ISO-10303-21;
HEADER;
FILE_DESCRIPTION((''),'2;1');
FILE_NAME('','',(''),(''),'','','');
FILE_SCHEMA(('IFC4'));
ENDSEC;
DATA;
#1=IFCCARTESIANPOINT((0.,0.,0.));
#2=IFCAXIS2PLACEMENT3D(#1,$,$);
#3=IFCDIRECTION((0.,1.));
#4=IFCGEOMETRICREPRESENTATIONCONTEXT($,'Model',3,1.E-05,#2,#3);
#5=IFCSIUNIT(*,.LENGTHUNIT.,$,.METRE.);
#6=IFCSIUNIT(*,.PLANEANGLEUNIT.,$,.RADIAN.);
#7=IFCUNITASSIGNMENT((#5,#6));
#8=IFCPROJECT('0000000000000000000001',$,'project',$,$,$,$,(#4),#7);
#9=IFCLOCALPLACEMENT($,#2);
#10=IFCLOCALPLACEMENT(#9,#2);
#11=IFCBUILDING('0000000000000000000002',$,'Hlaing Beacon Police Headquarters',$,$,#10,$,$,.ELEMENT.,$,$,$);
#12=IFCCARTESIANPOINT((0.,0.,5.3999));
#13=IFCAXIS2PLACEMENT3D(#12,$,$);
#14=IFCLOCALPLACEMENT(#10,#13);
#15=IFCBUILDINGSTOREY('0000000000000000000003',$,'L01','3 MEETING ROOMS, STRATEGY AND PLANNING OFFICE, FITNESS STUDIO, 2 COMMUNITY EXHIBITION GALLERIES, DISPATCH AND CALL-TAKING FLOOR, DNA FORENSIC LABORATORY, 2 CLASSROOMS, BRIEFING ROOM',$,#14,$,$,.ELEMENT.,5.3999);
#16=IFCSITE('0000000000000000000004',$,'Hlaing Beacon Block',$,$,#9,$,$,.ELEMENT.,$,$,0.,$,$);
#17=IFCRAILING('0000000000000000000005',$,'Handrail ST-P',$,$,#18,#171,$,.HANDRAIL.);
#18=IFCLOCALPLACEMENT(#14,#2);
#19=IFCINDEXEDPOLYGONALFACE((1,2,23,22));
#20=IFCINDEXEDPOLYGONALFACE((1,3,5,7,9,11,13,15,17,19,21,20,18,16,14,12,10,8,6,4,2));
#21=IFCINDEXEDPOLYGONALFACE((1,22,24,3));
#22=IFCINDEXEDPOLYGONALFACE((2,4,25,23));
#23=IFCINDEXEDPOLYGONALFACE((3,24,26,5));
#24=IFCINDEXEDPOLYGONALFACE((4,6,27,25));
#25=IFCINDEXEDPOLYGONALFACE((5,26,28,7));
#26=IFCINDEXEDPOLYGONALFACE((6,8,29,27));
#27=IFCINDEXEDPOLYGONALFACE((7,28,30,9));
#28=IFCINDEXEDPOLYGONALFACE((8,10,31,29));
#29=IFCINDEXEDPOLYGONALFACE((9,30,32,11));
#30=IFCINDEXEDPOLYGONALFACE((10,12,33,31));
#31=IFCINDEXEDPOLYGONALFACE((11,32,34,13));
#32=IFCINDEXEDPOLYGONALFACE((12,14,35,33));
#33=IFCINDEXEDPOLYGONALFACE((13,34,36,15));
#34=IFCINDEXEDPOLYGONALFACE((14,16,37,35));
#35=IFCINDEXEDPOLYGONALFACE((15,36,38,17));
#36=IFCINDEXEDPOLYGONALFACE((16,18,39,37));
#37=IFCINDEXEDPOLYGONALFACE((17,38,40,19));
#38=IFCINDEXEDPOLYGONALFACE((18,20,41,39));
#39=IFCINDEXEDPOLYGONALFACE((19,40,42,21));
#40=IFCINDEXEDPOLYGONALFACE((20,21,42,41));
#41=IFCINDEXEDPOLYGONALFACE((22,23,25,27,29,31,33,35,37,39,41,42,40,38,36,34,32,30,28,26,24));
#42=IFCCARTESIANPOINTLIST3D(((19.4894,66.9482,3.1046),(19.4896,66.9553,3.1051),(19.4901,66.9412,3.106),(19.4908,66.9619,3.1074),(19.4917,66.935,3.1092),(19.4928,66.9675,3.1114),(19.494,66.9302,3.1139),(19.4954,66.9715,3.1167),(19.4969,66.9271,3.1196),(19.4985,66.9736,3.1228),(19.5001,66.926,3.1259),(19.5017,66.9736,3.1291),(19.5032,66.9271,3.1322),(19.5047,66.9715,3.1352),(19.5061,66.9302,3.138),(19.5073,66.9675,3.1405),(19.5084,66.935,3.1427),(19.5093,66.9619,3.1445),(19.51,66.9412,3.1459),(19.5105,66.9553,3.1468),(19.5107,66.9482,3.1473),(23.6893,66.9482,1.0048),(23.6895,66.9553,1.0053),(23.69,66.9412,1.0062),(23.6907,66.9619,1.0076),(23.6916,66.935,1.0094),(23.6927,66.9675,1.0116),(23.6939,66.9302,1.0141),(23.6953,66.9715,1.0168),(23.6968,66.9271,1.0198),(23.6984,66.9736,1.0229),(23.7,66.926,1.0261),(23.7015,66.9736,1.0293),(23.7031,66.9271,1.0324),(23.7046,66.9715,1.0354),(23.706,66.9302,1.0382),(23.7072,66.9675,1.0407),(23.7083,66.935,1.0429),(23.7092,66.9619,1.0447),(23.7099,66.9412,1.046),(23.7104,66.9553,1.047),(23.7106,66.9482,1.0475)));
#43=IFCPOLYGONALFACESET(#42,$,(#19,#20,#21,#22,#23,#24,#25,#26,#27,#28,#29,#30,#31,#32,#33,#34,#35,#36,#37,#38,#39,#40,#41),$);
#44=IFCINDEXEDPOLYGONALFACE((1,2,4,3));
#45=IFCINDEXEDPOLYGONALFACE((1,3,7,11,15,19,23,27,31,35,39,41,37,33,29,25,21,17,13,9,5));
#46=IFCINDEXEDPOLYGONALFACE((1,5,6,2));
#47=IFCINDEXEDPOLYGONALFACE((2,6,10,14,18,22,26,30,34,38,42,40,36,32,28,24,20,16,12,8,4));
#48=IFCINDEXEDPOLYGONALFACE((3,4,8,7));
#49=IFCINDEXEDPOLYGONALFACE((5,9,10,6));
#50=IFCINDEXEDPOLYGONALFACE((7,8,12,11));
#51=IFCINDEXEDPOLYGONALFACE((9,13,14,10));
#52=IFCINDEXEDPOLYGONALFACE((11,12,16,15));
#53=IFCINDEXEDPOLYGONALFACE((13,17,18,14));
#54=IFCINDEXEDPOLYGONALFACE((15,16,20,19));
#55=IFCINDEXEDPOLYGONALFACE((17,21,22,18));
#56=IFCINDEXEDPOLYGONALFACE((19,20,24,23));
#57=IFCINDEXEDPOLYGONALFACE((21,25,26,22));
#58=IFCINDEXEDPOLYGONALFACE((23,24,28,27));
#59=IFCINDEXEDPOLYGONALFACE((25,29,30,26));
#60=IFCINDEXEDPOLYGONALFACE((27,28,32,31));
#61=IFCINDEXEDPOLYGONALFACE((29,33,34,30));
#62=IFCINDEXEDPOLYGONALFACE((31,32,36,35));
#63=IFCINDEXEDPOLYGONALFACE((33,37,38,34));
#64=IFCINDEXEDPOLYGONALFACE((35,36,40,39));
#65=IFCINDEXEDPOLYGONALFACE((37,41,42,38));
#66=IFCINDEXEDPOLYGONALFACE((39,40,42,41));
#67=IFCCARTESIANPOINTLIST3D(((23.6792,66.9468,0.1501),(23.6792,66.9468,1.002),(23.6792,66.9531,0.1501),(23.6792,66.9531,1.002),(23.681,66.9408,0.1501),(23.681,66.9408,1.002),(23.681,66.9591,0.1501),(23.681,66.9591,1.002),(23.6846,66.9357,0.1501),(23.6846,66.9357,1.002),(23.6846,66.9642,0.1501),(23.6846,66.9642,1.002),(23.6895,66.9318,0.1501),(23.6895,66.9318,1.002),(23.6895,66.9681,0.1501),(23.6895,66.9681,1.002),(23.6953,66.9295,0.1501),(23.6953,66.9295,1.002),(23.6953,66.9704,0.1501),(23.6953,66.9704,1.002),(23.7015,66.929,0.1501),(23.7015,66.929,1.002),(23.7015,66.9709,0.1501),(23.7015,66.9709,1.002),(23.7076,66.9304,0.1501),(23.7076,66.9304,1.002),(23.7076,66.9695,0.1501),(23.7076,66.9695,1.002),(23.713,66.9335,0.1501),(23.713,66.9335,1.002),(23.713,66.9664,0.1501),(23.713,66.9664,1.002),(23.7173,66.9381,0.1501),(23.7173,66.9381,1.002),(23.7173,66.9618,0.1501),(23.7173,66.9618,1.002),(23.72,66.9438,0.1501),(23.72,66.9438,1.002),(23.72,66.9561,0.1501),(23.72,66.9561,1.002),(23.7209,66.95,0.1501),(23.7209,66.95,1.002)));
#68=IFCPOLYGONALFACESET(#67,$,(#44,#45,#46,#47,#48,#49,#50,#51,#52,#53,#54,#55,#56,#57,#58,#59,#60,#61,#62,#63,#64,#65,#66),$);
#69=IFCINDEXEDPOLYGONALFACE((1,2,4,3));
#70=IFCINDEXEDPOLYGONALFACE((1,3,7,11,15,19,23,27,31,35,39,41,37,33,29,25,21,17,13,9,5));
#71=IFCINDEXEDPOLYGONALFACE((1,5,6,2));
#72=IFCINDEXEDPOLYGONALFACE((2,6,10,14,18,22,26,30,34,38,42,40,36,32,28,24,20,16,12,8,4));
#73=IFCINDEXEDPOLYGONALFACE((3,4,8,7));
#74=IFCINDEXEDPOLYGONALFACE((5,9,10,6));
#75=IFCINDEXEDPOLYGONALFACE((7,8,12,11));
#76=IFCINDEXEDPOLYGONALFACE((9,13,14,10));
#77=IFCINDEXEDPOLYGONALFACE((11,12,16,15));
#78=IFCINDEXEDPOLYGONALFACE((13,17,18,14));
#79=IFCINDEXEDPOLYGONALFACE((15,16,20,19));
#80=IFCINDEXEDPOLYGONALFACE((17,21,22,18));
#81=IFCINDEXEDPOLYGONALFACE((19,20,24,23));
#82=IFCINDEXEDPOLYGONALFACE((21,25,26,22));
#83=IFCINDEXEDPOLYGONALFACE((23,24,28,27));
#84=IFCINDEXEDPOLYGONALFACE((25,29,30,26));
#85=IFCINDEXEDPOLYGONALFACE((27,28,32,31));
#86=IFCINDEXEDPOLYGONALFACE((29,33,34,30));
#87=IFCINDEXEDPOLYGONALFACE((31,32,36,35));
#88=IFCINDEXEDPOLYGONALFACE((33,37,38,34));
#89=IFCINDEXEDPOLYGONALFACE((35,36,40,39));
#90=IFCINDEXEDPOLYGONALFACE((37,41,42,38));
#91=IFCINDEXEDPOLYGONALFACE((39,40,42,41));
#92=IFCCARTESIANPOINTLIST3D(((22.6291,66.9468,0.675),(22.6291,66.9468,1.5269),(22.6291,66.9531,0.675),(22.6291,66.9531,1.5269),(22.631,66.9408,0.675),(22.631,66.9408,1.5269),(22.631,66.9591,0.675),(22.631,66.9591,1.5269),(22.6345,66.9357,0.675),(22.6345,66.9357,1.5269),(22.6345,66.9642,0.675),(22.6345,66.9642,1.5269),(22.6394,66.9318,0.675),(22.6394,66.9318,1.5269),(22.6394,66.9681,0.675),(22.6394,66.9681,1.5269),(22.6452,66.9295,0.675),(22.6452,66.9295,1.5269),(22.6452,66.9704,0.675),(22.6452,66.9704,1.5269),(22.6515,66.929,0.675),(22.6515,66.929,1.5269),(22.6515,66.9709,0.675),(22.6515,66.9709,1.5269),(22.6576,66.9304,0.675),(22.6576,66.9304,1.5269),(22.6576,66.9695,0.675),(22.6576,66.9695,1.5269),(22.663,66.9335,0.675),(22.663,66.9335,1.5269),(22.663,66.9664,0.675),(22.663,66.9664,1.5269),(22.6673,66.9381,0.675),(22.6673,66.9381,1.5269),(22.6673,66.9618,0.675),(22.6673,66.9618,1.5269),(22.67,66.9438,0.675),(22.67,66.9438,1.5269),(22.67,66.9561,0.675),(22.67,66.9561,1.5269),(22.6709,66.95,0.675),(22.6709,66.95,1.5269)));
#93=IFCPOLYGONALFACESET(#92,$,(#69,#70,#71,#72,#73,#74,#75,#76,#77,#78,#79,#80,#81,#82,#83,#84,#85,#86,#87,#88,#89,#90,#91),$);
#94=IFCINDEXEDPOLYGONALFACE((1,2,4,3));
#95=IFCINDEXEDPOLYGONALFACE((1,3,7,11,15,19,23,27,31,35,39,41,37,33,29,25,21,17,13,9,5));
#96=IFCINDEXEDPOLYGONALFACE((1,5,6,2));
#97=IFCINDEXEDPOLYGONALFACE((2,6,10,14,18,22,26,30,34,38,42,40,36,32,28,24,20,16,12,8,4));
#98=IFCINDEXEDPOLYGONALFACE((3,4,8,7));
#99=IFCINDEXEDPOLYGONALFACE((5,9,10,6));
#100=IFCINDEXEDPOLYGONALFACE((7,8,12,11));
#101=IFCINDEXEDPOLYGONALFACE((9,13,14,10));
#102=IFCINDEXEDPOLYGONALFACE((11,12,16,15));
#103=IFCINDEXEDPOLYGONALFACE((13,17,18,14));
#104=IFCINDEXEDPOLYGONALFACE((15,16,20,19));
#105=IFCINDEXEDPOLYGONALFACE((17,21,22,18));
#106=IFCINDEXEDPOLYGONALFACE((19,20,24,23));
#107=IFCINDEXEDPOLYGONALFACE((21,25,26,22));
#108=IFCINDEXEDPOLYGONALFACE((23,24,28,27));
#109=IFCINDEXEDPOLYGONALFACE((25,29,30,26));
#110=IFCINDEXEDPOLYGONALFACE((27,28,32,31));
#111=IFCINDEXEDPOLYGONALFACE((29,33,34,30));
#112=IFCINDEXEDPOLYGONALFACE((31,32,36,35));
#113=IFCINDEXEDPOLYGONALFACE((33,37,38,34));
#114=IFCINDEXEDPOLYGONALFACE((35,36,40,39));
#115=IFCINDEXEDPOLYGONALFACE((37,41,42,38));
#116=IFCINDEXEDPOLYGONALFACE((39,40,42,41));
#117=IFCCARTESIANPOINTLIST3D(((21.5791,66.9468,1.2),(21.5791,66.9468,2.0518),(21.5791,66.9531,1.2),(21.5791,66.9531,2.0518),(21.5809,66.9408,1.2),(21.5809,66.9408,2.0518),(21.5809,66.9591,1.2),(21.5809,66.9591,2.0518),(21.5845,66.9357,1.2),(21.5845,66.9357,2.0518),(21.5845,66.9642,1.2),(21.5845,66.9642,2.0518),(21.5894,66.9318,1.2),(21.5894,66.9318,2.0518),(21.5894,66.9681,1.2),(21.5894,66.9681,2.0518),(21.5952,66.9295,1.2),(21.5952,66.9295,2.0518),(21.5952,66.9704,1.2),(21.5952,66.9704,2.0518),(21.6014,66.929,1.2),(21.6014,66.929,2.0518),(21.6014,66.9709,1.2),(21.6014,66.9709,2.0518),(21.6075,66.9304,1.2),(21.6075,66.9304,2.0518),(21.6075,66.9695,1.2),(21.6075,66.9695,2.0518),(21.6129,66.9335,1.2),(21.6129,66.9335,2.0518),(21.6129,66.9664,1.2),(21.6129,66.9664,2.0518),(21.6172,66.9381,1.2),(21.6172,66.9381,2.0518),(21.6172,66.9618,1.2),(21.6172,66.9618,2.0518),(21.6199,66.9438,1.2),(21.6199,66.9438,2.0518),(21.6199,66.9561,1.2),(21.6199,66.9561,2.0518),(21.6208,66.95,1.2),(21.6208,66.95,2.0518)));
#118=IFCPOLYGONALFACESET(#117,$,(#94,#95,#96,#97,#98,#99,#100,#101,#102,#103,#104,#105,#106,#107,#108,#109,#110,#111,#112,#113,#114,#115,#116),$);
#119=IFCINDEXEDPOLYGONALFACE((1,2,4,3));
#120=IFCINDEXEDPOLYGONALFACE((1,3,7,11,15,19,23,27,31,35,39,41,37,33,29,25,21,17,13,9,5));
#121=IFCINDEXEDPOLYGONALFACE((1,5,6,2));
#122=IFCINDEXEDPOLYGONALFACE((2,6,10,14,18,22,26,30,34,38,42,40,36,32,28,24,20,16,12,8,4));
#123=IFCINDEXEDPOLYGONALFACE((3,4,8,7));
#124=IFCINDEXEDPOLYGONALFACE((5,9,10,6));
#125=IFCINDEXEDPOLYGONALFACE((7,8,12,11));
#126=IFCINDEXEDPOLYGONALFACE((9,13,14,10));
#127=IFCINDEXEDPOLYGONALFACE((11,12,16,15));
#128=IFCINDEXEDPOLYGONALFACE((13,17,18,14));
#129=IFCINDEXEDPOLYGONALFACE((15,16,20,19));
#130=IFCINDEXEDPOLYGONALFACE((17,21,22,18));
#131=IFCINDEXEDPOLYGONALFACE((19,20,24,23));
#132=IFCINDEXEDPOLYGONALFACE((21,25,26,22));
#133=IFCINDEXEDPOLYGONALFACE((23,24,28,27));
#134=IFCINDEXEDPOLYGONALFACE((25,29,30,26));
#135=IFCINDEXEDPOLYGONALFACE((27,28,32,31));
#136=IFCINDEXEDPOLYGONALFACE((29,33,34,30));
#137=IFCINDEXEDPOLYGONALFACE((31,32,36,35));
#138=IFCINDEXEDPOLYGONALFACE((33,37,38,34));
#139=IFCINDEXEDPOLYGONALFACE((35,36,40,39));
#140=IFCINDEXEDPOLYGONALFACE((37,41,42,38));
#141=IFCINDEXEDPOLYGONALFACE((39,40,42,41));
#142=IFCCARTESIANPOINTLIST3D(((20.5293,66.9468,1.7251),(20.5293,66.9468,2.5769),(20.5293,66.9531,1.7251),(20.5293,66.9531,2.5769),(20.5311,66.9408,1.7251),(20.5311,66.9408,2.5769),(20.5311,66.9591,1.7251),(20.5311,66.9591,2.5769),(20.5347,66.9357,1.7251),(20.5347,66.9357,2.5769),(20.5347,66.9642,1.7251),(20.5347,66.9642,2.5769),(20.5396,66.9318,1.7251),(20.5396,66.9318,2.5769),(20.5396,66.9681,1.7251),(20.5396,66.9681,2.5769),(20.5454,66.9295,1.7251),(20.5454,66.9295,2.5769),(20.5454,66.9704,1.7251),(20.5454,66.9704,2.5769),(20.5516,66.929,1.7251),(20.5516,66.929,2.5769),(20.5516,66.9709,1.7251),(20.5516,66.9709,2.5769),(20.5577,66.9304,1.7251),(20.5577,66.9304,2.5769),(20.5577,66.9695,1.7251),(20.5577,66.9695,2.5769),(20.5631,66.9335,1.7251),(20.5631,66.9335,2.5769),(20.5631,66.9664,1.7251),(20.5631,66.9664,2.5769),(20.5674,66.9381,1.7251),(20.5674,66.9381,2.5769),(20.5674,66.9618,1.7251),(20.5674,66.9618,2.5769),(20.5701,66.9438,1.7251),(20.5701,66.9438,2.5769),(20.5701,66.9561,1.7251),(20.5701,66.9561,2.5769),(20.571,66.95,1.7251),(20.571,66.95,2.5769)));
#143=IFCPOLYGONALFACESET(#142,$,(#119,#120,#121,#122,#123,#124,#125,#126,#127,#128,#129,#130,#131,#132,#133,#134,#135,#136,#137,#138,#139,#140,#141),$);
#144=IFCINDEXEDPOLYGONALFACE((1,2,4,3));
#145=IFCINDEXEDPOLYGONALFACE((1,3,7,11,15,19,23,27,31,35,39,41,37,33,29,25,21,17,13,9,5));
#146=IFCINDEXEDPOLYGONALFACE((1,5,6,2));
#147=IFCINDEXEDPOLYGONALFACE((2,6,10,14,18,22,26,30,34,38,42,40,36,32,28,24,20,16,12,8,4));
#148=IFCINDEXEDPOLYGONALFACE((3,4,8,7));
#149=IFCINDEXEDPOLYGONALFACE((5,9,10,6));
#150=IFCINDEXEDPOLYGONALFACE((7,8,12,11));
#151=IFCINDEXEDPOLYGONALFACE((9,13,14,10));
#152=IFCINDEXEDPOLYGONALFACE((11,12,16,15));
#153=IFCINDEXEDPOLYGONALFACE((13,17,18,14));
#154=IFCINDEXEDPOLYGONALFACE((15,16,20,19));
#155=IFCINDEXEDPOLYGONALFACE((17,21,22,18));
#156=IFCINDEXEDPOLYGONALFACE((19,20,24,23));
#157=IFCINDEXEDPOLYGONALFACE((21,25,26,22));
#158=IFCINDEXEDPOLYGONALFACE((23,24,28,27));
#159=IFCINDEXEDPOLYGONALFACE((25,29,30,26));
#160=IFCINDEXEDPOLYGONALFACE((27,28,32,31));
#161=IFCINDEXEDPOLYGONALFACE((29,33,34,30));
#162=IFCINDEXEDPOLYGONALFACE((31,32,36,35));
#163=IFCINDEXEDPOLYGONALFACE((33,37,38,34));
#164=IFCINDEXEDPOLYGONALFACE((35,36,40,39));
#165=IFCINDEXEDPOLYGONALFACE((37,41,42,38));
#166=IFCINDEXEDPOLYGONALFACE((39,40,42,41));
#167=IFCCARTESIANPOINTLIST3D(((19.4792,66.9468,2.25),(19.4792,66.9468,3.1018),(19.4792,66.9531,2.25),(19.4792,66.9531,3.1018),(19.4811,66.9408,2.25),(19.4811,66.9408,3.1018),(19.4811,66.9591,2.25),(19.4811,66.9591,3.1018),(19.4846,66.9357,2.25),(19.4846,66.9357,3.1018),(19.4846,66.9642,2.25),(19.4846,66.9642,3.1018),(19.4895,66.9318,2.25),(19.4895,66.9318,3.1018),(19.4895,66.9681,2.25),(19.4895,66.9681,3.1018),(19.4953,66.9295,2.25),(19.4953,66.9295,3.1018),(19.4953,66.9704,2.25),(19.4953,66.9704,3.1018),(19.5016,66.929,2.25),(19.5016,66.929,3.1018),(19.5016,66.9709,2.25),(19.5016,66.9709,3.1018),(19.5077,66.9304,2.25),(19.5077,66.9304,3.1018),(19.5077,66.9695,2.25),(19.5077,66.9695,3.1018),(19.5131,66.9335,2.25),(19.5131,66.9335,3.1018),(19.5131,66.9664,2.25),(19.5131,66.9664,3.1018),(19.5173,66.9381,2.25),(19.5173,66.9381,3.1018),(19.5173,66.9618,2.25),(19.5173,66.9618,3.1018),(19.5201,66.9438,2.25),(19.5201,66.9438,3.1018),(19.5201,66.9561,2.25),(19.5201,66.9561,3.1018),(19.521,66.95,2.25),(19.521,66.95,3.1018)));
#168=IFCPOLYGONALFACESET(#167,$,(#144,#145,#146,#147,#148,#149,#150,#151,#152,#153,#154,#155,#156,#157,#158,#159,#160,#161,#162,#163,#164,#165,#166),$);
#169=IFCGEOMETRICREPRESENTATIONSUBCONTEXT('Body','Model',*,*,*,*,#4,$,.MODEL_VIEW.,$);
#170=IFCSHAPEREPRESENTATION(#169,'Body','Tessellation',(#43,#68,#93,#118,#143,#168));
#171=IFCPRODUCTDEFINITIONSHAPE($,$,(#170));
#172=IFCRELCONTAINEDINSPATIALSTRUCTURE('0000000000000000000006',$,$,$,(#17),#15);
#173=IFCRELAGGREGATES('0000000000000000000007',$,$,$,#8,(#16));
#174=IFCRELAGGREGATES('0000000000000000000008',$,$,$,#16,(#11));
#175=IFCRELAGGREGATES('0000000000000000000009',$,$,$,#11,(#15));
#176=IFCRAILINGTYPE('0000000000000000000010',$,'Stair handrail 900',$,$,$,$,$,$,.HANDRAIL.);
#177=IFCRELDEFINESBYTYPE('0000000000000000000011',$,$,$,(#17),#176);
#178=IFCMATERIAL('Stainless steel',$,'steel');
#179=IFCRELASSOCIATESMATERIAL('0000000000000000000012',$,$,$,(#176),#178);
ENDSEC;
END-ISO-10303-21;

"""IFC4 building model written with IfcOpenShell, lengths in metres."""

from ifc_helpers import new_model, si_unit, direction, frame, origin, origin_2d, place, context, subcontext, project, spatial, circle, extrude, material, type_object, element, save


model = new_model("IFC4")

# Units and contexts
model_context = context("Model", 3, precision=1e-05, world=origin(), true_north=direction((0.0, 1.0)))
body_context = subcontext(model_context, "Body", "Model", "MODEL_VIEW")
ifc_project = project(units=[si_unit("LENGTHUNIT", "METRE"), si_unit("PLANEANGLEUNIT", "RADIAN")], contexts=[model_context])

# Site, building, storey
site_placement = place(None, origin())
site = spatial("IfcSite", under=ifc_project, at=site_placement, Name="Hlaing Beacon Block", CompositionType="ELEMENT", RefElevation=0.0)
building_placement = place(site_placement, origin())
building = spatial("IfcBuilding", under=site, at=building_placement, Name="Hlaing Beacon Police Headquarters", CompositionType="ELEMENT")
storey_placement = place(building_placement, frame((0.0, 0.0, 5.3999)))
storey = spatial("IfcBuildingStorey", under=building, at=storey_placement, Name="L01", Description="3 MEETING ROOMS, STRATEGY AND PLANNING OFFICE, FITNESS STUDIO, 2 COMMUNITY EXHIBITION GALLERIES, DISPATCH AND CALL-TAKING FLOOR, DNA FORENSIC LABORATORY, 2 CLASSROOMS, BRIEFING ROOM", CompositionType="ELEMENT", Elevation=5.3999)

# Railing
ifc_material_1 = material(Name="Stainless steel", Category="steel")
railing_type_1 = type_object("IfcRailingType", Name="Stair handrail 900", PredefinedType="HANDRAIL", material=ifc_material_1)
for number, where, name in (
    (1, (23.7, 66.95, 0.1501), "Handrail ST-P"),
):
    element("IfcRailing", number, at=place(storey_placement, frame(where)), inside=storey, type_object=railing_type_1, Name=name, PredefinedType="HANDRAIL", context=body_context, shape_type="SweptSolid", body=[
        extrude(circle(Radius=0.0239, at=origin_2d()), frame((0.0, 0.0, 0.876), z_axis=(-0.894438, 0.0, 0.447193), x_axis=(0.0, -1.0, 0.0)), (0.0, 0.0, 1.0), 4.6956),
        extrude(circle(Radius=0.021, at=origin_2d()), origin(), (0.0, 0.0, 1.0), 0.8518),
        extrude(circle(Radius=0.021, at=origin_2d()), frame((-1.05, 0.0, 0.5249)), (0.0, 0.0, 1.0), 0.8518),
        extrude(circle(Radius=0.021, at=origin_2d()), frame((-2.1001, 0.0, 1.0498)), (0.0, 0.0, 1.0), 0.8518),
        extrude(circle(Radius=0.021, at=origin_2d()), frame((-3.1499, 0.0, 1.575)), (0.0, 0.0, 1.0), 0.8518),
        extrude(circle(Radius=0.021, at=origin_2d()), frame((-4.2, 0.0, 2.0999)), (0.0, 0.0, 1.0), 0.8518),
    ])

save(model, "model.ifc")
